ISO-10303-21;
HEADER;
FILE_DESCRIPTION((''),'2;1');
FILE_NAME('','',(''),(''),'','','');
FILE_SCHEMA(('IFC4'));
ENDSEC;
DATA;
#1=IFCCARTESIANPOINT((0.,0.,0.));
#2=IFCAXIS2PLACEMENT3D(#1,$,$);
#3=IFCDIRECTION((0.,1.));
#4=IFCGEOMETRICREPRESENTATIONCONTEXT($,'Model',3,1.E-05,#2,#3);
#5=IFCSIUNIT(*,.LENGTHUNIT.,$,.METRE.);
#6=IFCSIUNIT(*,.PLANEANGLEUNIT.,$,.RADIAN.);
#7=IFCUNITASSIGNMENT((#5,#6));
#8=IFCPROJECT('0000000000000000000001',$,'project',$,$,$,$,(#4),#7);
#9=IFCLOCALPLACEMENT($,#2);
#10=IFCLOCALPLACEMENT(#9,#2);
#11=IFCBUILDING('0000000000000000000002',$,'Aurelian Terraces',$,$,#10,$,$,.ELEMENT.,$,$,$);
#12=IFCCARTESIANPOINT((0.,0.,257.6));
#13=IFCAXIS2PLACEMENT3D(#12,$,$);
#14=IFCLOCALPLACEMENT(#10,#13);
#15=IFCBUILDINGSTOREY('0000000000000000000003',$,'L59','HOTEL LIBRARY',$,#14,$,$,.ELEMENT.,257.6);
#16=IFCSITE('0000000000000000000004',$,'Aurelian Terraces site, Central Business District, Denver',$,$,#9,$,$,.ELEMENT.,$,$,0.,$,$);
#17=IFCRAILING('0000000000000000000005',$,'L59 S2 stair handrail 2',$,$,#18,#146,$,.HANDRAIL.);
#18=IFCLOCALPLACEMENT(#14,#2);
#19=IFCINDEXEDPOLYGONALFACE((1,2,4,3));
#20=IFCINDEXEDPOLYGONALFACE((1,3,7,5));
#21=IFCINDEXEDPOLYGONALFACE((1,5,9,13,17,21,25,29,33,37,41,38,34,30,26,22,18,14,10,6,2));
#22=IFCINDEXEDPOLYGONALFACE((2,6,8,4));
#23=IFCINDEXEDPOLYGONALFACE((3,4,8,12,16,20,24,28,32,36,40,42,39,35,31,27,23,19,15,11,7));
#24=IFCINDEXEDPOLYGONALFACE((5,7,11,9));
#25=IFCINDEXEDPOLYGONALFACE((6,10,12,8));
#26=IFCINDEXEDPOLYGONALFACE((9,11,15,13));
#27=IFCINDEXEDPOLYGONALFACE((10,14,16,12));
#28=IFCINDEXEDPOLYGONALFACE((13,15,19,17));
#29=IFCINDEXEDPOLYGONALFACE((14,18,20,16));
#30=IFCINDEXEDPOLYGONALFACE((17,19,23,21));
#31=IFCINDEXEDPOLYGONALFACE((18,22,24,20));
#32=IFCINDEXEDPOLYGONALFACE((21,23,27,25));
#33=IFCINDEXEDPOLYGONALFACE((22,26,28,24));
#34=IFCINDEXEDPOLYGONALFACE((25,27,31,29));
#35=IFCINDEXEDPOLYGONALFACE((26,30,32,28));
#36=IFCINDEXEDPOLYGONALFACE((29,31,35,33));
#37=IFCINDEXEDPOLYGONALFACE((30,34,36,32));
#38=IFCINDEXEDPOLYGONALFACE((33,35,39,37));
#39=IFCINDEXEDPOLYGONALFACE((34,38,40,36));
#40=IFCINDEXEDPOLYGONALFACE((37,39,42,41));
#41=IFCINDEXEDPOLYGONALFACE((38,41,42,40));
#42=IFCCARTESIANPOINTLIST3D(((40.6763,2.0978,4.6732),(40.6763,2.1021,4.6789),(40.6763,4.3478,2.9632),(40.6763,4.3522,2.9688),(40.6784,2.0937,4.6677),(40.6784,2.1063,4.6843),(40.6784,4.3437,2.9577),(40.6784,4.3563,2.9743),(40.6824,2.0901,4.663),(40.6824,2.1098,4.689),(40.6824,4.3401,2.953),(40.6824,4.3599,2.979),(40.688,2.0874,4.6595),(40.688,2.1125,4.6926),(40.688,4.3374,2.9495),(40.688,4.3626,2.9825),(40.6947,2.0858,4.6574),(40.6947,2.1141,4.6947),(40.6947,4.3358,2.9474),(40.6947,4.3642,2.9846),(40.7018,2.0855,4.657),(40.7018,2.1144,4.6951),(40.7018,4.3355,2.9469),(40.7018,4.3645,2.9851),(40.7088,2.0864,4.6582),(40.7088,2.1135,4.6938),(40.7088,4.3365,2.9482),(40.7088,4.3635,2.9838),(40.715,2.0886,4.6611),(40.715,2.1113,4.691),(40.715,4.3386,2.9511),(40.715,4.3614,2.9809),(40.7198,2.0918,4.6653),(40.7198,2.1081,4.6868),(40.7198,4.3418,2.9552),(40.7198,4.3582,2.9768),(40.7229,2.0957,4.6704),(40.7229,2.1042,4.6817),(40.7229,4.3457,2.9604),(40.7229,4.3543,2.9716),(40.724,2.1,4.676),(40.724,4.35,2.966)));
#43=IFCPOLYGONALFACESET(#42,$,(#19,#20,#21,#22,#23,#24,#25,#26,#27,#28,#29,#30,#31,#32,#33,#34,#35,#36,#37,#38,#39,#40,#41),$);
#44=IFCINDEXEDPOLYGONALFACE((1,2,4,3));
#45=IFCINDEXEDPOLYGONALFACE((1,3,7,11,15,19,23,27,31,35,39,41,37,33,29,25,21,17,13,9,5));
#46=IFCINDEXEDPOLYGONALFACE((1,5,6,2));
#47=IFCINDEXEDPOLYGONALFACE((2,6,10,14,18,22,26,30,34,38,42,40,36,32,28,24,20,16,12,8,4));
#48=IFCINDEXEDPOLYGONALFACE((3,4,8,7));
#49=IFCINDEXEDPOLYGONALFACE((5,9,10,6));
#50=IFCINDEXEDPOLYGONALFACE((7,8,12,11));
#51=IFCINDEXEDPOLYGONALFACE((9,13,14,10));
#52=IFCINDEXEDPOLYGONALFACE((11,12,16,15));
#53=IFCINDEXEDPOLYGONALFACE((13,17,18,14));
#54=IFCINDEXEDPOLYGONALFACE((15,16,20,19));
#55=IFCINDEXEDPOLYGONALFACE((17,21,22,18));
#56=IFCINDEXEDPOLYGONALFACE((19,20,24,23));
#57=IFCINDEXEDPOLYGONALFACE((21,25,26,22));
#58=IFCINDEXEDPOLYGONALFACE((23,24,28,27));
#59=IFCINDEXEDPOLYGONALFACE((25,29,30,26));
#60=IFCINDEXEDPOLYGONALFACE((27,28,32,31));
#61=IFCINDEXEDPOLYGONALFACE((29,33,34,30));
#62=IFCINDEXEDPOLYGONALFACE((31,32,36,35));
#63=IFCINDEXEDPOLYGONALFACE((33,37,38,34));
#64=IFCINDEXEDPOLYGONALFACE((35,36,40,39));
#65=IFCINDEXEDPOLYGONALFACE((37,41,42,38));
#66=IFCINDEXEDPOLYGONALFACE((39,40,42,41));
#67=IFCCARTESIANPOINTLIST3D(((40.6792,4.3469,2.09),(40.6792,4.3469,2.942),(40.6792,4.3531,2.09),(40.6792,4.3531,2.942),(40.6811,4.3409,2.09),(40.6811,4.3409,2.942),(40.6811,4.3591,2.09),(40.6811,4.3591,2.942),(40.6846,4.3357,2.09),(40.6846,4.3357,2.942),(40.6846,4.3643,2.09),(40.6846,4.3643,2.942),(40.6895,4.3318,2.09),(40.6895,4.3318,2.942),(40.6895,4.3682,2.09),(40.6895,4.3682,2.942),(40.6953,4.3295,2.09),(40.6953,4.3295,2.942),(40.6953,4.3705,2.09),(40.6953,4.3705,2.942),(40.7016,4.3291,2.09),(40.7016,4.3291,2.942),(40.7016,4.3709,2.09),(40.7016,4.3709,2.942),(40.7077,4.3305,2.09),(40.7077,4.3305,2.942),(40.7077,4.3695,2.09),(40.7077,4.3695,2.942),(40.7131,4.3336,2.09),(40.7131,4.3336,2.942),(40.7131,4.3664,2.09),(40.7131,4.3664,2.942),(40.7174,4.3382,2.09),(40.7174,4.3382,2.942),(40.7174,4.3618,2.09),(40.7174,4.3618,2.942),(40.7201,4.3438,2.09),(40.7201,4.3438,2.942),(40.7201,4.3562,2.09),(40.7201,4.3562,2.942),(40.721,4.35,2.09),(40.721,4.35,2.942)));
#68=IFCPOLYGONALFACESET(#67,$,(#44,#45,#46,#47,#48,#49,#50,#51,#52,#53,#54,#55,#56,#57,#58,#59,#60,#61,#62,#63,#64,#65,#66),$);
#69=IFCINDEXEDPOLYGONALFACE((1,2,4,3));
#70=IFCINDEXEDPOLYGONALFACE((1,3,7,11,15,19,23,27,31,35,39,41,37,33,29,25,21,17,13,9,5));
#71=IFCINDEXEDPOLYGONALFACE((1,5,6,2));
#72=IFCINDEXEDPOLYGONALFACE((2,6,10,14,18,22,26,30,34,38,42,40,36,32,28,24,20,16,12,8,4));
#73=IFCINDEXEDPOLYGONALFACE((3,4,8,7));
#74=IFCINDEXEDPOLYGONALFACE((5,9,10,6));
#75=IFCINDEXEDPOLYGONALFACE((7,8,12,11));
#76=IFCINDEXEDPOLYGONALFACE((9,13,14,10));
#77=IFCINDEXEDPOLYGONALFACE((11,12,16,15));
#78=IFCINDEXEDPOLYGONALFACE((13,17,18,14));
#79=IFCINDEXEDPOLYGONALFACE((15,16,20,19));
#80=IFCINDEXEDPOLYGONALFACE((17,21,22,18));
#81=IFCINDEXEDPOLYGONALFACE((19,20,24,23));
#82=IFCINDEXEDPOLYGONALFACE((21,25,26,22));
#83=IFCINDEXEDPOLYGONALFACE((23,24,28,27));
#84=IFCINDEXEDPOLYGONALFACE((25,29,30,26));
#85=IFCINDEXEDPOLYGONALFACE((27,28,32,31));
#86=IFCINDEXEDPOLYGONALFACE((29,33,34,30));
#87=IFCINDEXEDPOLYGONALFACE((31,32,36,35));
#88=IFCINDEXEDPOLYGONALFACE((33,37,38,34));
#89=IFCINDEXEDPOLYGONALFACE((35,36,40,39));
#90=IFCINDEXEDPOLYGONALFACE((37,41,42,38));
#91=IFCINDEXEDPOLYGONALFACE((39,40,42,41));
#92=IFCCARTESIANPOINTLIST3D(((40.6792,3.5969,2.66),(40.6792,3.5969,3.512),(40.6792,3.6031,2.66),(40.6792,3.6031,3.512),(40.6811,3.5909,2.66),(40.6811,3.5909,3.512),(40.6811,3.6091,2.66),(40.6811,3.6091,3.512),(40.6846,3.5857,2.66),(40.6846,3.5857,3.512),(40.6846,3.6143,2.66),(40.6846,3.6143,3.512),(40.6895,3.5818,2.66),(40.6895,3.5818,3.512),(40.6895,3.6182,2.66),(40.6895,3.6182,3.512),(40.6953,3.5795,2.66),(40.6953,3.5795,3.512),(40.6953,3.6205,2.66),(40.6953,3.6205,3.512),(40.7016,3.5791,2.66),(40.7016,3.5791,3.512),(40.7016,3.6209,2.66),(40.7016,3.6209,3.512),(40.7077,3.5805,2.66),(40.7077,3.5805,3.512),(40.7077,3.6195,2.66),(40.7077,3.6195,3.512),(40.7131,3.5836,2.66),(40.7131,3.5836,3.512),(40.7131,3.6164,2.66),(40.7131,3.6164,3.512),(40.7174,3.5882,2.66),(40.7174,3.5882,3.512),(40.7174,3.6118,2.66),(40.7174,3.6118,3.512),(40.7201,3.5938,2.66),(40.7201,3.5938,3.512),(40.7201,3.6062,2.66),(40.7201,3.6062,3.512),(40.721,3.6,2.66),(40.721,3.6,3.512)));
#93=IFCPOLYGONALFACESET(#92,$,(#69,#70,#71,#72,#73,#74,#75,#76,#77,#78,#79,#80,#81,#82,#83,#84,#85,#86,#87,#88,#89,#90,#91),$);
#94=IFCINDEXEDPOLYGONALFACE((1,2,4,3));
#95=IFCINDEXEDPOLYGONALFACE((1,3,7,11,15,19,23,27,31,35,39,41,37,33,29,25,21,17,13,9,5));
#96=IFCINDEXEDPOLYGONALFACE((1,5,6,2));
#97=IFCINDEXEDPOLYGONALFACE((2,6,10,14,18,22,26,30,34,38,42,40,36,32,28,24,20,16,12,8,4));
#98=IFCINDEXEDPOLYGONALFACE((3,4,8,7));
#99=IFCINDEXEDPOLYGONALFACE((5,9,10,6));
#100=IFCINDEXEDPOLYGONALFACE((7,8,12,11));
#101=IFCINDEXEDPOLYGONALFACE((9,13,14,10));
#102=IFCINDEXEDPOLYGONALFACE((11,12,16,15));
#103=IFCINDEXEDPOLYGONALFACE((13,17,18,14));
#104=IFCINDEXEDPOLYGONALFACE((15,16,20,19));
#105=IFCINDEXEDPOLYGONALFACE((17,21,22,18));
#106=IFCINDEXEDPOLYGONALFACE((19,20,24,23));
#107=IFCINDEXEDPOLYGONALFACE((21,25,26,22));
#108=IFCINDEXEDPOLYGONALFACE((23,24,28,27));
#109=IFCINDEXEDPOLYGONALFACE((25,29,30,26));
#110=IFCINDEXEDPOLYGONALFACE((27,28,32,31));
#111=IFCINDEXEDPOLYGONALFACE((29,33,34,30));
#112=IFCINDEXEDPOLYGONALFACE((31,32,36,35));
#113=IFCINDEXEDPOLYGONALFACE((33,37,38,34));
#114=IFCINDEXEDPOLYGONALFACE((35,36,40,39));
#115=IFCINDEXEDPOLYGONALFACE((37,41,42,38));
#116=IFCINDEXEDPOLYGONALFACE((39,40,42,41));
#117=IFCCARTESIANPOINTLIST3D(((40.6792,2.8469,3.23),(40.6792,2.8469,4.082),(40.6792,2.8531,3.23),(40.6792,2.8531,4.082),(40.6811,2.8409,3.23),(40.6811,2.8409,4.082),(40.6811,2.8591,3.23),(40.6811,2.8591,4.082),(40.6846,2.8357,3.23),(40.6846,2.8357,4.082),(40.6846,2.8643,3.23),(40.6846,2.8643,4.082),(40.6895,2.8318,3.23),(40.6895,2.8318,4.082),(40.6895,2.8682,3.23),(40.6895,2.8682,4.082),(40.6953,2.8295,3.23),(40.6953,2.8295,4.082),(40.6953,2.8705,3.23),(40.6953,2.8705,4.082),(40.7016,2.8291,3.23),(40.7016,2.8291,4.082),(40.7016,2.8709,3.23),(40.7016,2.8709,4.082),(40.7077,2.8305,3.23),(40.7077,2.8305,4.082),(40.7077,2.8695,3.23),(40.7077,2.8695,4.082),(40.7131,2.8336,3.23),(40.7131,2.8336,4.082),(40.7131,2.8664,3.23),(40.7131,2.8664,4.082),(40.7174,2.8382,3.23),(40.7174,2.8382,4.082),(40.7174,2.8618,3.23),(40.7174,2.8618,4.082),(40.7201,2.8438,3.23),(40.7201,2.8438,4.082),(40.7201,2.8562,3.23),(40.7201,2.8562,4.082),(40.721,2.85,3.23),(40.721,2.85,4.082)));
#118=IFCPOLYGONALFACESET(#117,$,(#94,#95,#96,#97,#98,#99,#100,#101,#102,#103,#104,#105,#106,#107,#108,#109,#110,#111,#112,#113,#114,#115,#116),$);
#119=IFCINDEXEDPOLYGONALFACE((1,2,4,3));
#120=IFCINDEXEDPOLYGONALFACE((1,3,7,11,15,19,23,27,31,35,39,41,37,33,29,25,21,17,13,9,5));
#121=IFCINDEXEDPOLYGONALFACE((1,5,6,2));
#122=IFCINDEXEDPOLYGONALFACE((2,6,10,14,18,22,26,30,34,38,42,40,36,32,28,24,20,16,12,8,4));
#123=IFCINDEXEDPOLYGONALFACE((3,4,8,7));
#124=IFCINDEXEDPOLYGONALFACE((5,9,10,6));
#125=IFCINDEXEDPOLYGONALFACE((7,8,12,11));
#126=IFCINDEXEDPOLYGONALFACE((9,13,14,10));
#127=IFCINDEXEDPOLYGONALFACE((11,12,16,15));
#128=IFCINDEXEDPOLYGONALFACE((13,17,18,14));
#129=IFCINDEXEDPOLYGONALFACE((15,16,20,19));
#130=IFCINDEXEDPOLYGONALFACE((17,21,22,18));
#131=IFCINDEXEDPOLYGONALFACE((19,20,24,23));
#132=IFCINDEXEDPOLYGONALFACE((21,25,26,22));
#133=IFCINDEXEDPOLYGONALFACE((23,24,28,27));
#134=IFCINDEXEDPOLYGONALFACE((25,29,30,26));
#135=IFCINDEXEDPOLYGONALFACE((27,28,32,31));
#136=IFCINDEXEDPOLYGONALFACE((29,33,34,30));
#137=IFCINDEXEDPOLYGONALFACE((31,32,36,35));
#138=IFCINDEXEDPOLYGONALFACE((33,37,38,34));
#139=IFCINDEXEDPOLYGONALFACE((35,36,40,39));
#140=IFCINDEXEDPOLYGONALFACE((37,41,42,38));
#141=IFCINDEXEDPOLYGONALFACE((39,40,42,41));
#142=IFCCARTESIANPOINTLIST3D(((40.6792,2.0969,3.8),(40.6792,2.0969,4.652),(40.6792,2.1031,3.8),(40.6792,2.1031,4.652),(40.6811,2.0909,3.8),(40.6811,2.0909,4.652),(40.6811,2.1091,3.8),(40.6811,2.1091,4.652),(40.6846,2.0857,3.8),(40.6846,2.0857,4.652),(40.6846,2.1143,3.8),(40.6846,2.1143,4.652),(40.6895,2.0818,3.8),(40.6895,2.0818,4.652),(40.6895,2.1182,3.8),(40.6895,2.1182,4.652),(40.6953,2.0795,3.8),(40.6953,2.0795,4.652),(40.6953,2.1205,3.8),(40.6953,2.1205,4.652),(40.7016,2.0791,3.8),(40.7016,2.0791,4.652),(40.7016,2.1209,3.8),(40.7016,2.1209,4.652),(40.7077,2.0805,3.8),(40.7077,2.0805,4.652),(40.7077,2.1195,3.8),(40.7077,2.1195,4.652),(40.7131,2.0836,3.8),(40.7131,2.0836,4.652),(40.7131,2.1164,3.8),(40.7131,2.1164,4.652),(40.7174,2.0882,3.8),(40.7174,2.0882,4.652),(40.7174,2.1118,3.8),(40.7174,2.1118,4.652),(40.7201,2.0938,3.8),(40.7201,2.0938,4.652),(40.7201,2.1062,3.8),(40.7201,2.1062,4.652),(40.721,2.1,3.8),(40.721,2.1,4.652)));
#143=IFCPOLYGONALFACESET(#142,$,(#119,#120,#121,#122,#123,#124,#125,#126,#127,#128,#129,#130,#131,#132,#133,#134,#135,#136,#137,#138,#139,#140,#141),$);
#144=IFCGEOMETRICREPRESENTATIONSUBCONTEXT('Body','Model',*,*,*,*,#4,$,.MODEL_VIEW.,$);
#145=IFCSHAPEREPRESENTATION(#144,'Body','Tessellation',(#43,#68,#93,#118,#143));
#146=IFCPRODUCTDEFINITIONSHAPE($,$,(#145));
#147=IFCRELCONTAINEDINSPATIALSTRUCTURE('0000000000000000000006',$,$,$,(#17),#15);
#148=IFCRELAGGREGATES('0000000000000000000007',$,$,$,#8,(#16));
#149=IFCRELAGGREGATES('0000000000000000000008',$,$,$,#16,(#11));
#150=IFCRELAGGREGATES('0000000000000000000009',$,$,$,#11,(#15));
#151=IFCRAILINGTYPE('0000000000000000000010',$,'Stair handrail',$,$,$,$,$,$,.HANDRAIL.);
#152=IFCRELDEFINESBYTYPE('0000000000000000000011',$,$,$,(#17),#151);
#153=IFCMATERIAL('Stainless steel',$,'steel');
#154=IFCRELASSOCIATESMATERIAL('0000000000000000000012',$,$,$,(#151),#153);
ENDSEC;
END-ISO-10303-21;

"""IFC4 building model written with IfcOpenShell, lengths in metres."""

from ifc_helpers import new_model, si_unit, direction, frame, origin, origin_2d, place, context, subcontext, project, spatial, circle, extrude, source, transform, mapped, material, type_object, element, save


model = new_model("IFC4")

# Units and contexts
model_context = context("Model", 3, precision=1e-05, world=origin(), true_north=direction((0.0, 1.0)))
body_context = subcontext(model_context, "Body", "Model", "MODEL_VIEW")
ifc_project = project(units=[si_unit("LENGTHUNIT", "METRE"), si_unit("PLANEANGLEUNIT", "RADIAN")], contexts=[model_context])

# Site, building, storey
site_placement = place(None, origin())
site = spatial("IfcSite", under=ifc_project, at=site_placement, Name="Aurelian Terraces site, Central Business District, Denver", CompositionType="ELEMENT", RefElevation=0.0)
building_placement = place(site_placement, origin())
building = spatial("IfcBuilding", under=site, at=building_placement, Name="Aurelian Terraces", CompositionType="ELEMENT")
storey_placement = place(building_placement, frame((0.0, 0.0, 257.6)))
storey = spatial("IfcBuildingStorey", under=building, at=storey_placement, Name="L59", Description="HOTEL LIBRARY", CompositionType="ELEMENT", Elevation=257.6)

# Railing
ifc_material_1 = material(Name="Stainless steel", Category="steel")
railing_type_1 = type_object("IfcRailingType", Name="Stair handrail", PredefinedType="HANDRAIL", material=ifc_material_1)
shared_shape_1 = source(origin(), body_context, "Body", "SweptSolid", [
    extrude(circle(Radius=0.024, at=origin_2d()), frame((0.0, 0.0, 0.876), z_axis=(0.0, -0.796162, 0.605083), x_axis=(1.0, 0.0, 0.0)), (0.0, 0.0, 1.0), 2.8261),
    extrude(circle(Radius=0.021, at=origin_2d()), origin(), (0.0, 0.0, 1.0), 0.852),
    extrude(circle(Radius=0.021, at=origin_2d()), frame((0.0, -0.75, 0.57)), (0.0, 0.0, 1.0), 0.852),
    extrude(circle(Radius=0.021, at=origin_2d()), frame((0.0, -1.5, 1.14)), (0.0, 0.0, 1.0), 0.852),
    extrude(circle(Radius=0.021, at=origin_2d()), frame((0.0, -2.25, 1.71)), (0.0, 0.0, 1.0), 0.852),
])
railing_1_placement = place(storey_placement, frame((40.7, 4.35, 2.09)))
element("IfcRailing", 1, at=railing_1_placement, inside=storey, type_object=railing_type_1, Name="L59 S2 stair handrail 2", PredefinedType="HANDRAIL", context=body_context, shape_type="MappedRepresentation", body=[
    mapped(shared_shape_1, transform((0.0, 0.0, 0.0), scale=1.0)),
])

save(model, "model.ifc")
